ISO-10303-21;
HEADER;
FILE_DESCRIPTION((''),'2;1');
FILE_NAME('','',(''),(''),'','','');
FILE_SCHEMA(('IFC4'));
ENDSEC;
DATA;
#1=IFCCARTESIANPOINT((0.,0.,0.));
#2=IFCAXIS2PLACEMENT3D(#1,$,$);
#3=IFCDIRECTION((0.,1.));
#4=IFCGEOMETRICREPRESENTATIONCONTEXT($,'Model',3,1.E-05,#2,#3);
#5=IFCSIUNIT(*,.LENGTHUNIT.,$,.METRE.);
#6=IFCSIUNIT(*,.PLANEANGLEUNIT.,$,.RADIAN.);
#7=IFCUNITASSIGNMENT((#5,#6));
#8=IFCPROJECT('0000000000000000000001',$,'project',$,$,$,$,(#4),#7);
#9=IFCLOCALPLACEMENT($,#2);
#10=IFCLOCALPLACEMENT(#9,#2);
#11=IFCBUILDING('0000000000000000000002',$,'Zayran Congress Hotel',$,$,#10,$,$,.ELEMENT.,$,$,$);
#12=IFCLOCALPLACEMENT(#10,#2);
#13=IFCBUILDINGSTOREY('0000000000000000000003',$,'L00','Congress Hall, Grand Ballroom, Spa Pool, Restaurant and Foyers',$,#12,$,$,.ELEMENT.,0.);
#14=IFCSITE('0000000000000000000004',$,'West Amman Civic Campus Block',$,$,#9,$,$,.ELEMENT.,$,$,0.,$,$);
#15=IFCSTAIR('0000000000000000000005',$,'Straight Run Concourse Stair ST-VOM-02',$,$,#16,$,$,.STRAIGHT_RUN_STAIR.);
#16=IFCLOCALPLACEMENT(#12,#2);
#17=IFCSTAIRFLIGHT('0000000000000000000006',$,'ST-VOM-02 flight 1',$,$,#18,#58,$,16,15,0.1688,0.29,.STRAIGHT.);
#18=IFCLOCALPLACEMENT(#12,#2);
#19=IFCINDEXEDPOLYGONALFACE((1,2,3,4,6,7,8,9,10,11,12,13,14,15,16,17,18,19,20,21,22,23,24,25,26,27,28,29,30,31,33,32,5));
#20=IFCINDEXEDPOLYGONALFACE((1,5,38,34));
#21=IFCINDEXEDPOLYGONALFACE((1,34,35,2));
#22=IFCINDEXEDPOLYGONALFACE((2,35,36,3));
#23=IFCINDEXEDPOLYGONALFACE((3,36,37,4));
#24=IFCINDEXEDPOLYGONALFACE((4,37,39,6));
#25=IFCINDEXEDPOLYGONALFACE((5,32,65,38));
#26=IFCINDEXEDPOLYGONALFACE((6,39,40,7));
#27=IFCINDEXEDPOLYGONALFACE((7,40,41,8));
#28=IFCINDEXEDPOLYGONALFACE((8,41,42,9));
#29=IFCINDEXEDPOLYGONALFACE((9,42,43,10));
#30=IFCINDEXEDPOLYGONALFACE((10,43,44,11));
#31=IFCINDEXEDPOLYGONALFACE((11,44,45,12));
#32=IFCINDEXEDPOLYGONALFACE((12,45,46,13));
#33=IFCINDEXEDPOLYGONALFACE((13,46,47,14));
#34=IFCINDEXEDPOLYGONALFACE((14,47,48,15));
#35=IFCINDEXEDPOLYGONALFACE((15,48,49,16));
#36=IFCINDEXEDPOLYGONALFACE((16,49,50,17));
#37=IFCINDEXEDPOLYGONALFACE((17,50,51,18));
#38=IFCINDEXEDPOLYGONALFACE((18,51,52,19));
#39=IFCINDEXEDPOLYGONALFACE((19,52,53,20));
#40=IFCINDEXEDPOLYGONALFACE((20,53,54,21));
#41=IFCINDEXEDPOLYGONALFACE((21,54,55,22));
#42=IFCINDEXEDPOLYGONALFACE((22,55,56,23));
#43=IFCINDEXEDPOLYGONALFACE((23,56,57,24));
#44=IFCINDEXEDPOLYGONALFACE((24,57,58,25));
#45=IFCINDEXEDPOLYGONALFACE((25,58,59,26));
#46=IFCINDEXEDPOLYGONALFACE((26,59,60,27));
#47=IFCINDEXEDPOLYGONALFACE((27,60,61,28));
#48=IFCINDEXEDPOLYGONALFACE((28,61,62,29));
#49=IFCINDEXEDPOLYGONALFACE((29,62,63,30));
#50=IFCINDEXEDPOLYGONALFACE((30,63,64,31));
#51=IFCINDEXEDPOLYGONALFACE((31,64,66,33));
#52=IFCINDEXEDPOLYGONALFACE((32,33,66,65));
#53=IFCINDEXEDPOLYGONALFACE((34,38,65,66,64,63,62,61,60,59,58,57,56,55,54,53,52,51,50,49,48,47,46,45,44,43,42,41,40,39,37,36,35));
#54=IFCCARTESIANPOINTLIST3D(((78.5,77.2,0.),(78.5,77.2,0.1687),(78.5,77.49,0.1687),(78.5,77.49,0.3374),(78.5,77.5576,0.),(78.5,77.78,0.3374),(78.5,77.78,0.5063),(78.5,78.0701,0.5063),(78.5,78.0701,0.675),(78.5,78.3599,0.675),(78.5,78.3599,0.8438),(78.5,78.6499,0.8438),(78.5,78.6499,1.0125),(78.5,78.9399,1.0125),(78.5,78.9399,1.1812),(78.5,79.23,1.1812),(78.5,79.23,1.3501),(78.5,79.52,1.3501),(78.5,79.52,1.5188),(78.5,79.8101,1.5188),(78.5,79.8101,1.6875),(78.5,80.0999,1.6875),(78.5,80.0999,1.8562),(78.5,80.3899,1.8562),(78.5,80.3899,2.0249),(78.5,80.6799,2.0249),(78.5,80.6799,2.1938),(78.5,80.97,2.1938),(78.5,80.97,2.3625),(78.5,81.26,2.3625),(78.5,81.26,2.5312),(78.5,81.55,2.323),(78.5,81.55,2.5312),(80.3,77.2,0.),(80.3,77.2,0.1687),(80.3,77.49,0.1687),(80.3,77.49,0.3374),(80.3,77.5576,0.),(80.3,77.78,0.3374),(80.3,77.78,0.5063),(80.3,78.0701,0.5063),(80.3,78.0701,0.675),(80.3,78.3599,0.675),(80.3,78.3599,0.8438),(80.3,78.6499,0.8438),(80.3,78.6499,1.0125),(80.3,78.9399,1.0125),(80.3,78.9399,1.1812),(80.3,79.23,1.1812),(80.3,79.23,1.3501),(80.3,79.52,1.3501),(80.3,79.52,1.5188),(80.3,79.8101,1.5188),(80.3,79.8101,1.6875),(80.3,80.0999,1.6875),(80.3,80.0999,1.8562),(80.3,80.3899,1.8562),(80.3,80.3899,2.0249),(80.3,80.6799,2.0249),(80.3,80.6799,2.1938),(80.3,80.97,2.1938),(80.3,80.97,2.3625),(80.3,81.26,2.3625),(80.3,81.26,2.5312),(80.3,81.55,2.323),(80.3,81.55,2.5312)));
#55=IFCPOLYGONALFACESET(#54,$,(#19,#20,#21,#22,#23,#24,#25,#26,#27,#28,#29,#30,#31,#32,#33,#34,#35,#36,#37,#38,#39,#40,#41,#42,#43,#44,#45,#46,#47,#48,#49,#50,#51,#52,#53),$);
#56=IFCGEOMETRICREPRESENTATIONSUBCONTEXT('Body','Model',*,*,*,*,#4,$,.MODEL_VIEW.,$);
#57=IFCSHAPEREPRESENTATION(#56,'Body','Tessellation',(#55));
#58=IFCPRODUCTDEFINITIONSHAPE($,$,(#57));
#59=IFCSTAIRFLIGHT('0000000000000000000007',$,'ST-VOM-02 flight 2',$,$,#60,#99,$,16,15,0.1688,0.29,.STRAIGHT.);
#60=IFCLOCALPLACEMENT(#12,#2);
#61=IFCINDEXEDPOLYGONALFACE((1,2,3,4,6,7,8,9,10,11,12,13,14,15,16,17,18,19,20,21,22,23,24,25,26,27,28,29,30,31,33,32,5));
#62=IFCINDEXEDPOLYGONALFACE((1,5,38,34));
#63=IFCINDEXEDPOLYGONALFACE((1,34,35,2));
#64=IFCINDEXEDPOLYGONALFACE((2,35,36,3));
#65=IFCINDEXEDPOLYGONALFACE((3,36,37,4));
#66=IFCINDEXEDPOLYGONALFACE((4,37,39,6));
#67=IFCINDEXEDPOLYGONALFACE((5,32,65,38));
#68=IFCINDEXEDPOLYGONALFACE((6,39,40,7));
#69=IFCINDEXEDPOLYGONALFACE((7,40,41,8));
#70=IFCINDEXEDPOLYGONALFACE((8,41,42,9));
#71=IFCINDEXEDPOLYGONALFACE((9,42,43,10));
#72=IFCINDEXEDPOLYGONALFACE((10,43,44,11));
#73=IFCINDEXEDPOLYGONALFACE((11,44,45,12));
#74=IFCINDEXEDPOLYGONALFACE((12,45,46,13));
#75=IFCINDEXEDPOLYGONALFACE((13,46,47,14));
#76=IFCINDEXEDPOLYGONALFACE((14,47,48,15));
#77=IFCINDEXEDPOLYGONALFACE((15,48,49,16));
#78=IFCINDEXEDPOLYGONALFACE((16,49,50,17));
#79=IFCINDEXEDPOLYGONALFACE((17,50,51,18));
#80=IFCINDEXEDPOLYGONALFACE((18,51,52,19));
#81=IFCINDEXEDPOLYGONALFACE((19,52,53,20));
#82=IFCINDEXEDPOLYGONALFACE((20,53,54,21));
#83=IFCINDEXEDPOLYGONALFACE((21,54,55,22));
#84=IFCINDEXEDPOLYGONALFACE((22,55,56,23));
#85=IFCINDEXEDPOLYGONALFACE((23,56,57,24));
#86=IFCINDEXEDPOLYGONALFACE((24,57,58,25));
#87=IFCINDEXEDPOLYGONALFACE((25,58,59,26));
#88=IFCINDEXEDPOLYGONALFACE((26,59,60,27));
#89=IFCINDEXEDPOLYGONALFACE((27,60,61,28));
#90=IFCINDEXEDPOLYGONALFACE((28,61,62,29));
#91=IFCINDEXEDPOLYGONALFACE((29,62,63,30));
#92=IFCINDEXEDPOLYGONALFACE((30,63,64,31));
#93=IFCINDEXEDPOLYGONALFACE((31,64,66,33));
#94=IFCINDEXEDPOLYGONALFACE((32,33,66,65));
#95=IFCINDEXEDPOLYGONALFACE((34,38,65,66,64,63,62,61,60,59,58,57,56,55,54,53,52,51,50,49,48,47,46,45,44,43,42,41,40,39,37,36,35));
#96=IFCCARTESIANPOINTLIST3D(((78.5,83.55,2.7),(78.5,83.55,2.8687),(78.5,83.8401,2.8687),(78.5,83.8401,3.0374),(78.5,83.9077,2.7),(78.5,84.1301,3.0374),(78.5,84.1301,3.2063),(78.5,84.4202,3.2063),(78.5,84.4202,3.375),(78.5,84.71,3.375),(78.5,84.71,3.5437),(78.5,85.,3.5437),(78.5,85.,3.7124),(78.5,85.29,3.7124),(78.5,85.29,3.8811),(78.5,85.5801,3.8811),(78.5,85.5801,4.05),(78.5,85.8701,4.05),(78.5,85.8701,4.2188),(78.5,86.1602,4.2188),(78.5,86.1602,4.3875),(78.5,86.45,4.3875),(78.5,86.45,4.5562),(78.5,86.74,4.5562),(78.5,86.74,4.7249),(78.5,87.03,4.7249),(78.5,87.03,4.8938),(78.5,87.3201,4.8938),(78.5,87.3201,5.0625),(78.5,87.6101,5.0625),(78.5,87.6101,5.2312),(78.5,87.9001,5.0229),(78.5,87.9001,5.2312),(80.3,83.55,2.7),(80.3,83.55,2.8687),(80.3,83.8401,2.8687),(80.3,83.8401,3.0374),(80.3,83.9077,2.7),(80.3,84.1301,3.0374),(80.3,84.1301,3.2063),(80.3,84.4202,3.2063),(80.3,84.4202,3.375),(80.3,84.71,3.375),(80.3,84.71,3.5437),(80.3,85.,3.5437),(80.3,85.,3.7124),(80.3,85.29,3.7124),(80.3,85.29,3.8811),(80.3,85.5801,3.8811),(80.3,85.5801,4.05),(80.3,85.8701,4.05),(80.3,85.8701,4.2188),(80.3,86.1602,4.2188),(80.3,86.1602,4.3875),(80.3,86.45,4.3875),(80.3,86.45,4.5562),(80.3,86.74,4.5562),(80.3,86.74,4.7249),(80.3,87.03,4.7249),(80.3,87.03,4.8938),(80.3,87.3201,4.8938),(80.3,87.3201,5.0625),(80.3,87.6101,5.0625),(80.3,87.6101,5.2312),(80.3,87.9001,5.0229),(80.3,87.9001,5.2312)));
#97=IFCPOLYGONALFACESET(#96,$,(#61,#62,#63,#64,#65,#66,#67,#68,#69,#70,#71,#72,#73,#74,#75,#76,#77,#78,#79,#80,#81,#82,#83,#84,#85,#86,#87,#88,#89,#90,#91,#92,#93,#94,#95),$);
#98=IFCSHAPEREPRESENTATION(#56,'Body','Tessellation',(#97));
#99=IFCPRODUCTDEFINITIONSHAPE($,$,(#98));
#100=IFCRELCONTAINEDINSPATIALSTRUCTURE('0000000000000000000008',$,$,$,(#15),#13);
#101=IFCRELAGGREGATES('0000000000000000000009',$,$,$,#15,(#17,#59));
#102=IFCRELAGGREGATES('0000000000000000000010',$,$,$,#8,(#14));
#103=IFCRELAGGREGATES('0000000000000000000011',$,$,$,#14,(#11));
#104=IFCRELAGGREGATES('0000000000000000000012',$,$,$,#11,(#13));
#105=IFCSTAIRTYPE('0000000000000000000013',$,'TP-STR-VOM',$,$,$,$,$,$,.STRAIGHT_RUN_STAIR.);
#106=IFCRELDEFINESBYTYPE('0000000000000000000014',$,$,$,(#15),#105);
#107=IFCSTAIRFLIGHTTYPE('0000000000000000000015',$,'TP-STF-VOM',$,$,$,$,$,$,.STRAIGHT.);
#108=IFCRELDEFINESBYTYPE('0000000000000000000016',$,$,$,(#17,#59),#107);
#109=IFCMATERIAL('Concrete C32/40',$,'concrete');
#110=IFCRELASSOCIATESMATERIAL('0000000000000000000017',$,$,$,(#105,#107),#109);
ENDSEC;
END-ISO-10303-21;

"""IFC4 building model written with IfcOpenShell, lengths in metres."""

from ifc_helpers import new_model, si_unit, direction, frame, origin, place, context, subcontext, project, spatial, polyline, outline, extrude, material, type_object, element, aggregate, save


model = new_model("IFC4")

# Units and contexts
model_context = context("Model", 3, precision=1e-05, world=origin(), true_north=direction((0.0, 1.0)))
body_context = subcontext(model_context, "Body", "Model", "MODEL_VIEW")
ifc_project = project(units=[si_unit("LENGTHUNIT", "METRE"), si_unit("PLANEANGLEUNIT", "RADIAN")], contexts=[model_context])

# Site, building, storey
site_placement = place(None, origin())
site = spatial("IfcSite", under=ifc_project, at=site_placement, Name="West Amman Civic Campus Block", CompositionType="ELEMENT", RefElevation=0.0)
building_placement = place(site_placement, origin())
building = spatial("IfcBuilding", under=site, at=building_placement, Name="Zayran Congress Hotel", CompositionType="ELEMENT")
storey_placement = place(building_placement, origin())
storey = spatial("IfcBuildingStorey", under=building, at=storey_placement, Name="L00", Description="Congress Hall, Grand Ballroom, Spa Pool, Restaurant and Foyers", CompositionType="ELEMENT", Elevation=0.0)

# Shared definitions
ifc_material_1 = material(Name="Concrete C32/40", Category="concrete")

# Stair, stair flights
stair_type = type_object("IfcStairType", Name="TP-STR-VOM", PredefinedType="STRAIGHT_RUN_STAIR", material=ifc_material_1)
stair_placement = place(storey_placement, origin())
stair = element("IfcStair", 1, at=stair_placement, inside=storey, type_object=stair_type, Name="Straight Run Concourse Stair ST-VOM-02", PredefinedType="STRAIGHT_RUN_STAIR")
stair_flight_type = type_object("IfcStairFlightType", Name="TP-STF-VOM", PredefinedType="STRAIGHT", material=ifc_material_1)
stair_flight_1_placement = place(storey_placement, frame((79.3999, 77.2, 0.0), z_axis=(0.0, 0.0, 1.0), x_axis=(0.0, 1.0, 0.0)))
stair_flight_1 = element("IfcStairFlight", 2, at=stair_flight_1_placement, type_object=stair_flight_type, Name="ST-VOM-02 flight 1", NumberOfRisers=16, NumberOfTreads=15, PredefinedType="STRAIGHT", RiserHeight=0.1688, TreadLength=0.29, context=body_context, shape_type="SweptSolid", body=[
    extrude(outline(polyline([(0.0, 0.0), (0.0, 0.1687), (0.29, 0.1687), (0.29, 0.3374), (0.5801, 0.3374), (0.5801, 0.5063), (0.8701, 0.5063), (0.8701, 0.675), (1.1599, 0.675), (1.1599, 0.8438), (1.45, 0.8438), (1.45, 1.0125), (1.74, 1.0125), (1.74, 1.1812), (2.03, 1.1812), (2.03, 1.3501), (2.3201, 1.3501), (2.3201, 1.5188), (2.6101, 1.5188), (2.6101, 1.6875), (2.8999, 1.6875), (2.8999, 1.8562), (3.1899, 1.8562), (3.1899, 2.0249), (3.48, 2.0249), (3.48, 2.1938), (3.77, 2.1938), (3.77, 2.3625), (4.0601, 2.3625), (4.0601, 2.5312), (4.3501, 2.5312), (4.3501, 2.7), (4.3501, 2.323), (0.3577, 0.0), (0.0, 0.0)])), frame((0.0, 0.8999, 0.0), z_axis=(0.0, -1.0, 0.0), x_axis=(1.0, 0.0, 0.0)), (0.0, 0.0, 1.0), 1.8),
])
stair_flight_2_placement = place(storey_placement, frame((79.3999, 83.55, 2.7), z_axis=(0.0, 0.0, 1.0), x_axis=(0.0, 1.0, 0.0)))
stair_flight_2 = element("IfcStairFlight", 3, at=stair_flight_2_placement, type_object=stair_flight_type, Name="ST-VOM-02 flight 2", NumberOfRisers=16, NumberOfTreads=15, PredefinedType="STRAIGHT", RiserHeight=0.1688, TreadLength=0.29, context=body_context, shape_type="SweptSolid", body=[
    extrude(outline(polyline([(0.0, 0.0), (0.0, 0.1687), (0.29, 0.1687), (0.29, 0.3374), (0.5801, 0.3374), (0.5801, 0.5063), (0.8701, 0.5063), (0.8701, 0.675), (1.1599, 0.675), (1.1599, 0.8438), (1.45, 0.8438), (1.45, 1.0125), (1.74, 1.0125), (1.74, 1.1812), (2.03, 1.1812), (2.03, 1.3501), (2.3201, 1.3501), (2.3201, 1.5188), (2.6101, 1.5188), (2.6101, 1.6875), (2.8999, 1.6875), (2.8999, 1.8562), (3.1899, 1.8562), (3.1899, 2.0249), (3.48, 2.0249), (3.48, 2.1938), (3.77, 2.1938), (3.77, 2.3625), (4.0601, 2.3625), (4.0601, 2.5312), (4.3501, 2.5312), (4.3501, 2.7), (4.3501, 2.323), (0.3577, 0.0), (0.0, 0.0)])), frame((0.0, 0.8999, 0.0), z_axis=(0.0, -1.0, 0.0), x_axis=(1.0, 0.0, 0.0)), (0.0, 0.0, 1.0), 1.8),
])
aggregate(stair, [stair_flight_1, stair_flight_2])

save(model, "model.ifc")
